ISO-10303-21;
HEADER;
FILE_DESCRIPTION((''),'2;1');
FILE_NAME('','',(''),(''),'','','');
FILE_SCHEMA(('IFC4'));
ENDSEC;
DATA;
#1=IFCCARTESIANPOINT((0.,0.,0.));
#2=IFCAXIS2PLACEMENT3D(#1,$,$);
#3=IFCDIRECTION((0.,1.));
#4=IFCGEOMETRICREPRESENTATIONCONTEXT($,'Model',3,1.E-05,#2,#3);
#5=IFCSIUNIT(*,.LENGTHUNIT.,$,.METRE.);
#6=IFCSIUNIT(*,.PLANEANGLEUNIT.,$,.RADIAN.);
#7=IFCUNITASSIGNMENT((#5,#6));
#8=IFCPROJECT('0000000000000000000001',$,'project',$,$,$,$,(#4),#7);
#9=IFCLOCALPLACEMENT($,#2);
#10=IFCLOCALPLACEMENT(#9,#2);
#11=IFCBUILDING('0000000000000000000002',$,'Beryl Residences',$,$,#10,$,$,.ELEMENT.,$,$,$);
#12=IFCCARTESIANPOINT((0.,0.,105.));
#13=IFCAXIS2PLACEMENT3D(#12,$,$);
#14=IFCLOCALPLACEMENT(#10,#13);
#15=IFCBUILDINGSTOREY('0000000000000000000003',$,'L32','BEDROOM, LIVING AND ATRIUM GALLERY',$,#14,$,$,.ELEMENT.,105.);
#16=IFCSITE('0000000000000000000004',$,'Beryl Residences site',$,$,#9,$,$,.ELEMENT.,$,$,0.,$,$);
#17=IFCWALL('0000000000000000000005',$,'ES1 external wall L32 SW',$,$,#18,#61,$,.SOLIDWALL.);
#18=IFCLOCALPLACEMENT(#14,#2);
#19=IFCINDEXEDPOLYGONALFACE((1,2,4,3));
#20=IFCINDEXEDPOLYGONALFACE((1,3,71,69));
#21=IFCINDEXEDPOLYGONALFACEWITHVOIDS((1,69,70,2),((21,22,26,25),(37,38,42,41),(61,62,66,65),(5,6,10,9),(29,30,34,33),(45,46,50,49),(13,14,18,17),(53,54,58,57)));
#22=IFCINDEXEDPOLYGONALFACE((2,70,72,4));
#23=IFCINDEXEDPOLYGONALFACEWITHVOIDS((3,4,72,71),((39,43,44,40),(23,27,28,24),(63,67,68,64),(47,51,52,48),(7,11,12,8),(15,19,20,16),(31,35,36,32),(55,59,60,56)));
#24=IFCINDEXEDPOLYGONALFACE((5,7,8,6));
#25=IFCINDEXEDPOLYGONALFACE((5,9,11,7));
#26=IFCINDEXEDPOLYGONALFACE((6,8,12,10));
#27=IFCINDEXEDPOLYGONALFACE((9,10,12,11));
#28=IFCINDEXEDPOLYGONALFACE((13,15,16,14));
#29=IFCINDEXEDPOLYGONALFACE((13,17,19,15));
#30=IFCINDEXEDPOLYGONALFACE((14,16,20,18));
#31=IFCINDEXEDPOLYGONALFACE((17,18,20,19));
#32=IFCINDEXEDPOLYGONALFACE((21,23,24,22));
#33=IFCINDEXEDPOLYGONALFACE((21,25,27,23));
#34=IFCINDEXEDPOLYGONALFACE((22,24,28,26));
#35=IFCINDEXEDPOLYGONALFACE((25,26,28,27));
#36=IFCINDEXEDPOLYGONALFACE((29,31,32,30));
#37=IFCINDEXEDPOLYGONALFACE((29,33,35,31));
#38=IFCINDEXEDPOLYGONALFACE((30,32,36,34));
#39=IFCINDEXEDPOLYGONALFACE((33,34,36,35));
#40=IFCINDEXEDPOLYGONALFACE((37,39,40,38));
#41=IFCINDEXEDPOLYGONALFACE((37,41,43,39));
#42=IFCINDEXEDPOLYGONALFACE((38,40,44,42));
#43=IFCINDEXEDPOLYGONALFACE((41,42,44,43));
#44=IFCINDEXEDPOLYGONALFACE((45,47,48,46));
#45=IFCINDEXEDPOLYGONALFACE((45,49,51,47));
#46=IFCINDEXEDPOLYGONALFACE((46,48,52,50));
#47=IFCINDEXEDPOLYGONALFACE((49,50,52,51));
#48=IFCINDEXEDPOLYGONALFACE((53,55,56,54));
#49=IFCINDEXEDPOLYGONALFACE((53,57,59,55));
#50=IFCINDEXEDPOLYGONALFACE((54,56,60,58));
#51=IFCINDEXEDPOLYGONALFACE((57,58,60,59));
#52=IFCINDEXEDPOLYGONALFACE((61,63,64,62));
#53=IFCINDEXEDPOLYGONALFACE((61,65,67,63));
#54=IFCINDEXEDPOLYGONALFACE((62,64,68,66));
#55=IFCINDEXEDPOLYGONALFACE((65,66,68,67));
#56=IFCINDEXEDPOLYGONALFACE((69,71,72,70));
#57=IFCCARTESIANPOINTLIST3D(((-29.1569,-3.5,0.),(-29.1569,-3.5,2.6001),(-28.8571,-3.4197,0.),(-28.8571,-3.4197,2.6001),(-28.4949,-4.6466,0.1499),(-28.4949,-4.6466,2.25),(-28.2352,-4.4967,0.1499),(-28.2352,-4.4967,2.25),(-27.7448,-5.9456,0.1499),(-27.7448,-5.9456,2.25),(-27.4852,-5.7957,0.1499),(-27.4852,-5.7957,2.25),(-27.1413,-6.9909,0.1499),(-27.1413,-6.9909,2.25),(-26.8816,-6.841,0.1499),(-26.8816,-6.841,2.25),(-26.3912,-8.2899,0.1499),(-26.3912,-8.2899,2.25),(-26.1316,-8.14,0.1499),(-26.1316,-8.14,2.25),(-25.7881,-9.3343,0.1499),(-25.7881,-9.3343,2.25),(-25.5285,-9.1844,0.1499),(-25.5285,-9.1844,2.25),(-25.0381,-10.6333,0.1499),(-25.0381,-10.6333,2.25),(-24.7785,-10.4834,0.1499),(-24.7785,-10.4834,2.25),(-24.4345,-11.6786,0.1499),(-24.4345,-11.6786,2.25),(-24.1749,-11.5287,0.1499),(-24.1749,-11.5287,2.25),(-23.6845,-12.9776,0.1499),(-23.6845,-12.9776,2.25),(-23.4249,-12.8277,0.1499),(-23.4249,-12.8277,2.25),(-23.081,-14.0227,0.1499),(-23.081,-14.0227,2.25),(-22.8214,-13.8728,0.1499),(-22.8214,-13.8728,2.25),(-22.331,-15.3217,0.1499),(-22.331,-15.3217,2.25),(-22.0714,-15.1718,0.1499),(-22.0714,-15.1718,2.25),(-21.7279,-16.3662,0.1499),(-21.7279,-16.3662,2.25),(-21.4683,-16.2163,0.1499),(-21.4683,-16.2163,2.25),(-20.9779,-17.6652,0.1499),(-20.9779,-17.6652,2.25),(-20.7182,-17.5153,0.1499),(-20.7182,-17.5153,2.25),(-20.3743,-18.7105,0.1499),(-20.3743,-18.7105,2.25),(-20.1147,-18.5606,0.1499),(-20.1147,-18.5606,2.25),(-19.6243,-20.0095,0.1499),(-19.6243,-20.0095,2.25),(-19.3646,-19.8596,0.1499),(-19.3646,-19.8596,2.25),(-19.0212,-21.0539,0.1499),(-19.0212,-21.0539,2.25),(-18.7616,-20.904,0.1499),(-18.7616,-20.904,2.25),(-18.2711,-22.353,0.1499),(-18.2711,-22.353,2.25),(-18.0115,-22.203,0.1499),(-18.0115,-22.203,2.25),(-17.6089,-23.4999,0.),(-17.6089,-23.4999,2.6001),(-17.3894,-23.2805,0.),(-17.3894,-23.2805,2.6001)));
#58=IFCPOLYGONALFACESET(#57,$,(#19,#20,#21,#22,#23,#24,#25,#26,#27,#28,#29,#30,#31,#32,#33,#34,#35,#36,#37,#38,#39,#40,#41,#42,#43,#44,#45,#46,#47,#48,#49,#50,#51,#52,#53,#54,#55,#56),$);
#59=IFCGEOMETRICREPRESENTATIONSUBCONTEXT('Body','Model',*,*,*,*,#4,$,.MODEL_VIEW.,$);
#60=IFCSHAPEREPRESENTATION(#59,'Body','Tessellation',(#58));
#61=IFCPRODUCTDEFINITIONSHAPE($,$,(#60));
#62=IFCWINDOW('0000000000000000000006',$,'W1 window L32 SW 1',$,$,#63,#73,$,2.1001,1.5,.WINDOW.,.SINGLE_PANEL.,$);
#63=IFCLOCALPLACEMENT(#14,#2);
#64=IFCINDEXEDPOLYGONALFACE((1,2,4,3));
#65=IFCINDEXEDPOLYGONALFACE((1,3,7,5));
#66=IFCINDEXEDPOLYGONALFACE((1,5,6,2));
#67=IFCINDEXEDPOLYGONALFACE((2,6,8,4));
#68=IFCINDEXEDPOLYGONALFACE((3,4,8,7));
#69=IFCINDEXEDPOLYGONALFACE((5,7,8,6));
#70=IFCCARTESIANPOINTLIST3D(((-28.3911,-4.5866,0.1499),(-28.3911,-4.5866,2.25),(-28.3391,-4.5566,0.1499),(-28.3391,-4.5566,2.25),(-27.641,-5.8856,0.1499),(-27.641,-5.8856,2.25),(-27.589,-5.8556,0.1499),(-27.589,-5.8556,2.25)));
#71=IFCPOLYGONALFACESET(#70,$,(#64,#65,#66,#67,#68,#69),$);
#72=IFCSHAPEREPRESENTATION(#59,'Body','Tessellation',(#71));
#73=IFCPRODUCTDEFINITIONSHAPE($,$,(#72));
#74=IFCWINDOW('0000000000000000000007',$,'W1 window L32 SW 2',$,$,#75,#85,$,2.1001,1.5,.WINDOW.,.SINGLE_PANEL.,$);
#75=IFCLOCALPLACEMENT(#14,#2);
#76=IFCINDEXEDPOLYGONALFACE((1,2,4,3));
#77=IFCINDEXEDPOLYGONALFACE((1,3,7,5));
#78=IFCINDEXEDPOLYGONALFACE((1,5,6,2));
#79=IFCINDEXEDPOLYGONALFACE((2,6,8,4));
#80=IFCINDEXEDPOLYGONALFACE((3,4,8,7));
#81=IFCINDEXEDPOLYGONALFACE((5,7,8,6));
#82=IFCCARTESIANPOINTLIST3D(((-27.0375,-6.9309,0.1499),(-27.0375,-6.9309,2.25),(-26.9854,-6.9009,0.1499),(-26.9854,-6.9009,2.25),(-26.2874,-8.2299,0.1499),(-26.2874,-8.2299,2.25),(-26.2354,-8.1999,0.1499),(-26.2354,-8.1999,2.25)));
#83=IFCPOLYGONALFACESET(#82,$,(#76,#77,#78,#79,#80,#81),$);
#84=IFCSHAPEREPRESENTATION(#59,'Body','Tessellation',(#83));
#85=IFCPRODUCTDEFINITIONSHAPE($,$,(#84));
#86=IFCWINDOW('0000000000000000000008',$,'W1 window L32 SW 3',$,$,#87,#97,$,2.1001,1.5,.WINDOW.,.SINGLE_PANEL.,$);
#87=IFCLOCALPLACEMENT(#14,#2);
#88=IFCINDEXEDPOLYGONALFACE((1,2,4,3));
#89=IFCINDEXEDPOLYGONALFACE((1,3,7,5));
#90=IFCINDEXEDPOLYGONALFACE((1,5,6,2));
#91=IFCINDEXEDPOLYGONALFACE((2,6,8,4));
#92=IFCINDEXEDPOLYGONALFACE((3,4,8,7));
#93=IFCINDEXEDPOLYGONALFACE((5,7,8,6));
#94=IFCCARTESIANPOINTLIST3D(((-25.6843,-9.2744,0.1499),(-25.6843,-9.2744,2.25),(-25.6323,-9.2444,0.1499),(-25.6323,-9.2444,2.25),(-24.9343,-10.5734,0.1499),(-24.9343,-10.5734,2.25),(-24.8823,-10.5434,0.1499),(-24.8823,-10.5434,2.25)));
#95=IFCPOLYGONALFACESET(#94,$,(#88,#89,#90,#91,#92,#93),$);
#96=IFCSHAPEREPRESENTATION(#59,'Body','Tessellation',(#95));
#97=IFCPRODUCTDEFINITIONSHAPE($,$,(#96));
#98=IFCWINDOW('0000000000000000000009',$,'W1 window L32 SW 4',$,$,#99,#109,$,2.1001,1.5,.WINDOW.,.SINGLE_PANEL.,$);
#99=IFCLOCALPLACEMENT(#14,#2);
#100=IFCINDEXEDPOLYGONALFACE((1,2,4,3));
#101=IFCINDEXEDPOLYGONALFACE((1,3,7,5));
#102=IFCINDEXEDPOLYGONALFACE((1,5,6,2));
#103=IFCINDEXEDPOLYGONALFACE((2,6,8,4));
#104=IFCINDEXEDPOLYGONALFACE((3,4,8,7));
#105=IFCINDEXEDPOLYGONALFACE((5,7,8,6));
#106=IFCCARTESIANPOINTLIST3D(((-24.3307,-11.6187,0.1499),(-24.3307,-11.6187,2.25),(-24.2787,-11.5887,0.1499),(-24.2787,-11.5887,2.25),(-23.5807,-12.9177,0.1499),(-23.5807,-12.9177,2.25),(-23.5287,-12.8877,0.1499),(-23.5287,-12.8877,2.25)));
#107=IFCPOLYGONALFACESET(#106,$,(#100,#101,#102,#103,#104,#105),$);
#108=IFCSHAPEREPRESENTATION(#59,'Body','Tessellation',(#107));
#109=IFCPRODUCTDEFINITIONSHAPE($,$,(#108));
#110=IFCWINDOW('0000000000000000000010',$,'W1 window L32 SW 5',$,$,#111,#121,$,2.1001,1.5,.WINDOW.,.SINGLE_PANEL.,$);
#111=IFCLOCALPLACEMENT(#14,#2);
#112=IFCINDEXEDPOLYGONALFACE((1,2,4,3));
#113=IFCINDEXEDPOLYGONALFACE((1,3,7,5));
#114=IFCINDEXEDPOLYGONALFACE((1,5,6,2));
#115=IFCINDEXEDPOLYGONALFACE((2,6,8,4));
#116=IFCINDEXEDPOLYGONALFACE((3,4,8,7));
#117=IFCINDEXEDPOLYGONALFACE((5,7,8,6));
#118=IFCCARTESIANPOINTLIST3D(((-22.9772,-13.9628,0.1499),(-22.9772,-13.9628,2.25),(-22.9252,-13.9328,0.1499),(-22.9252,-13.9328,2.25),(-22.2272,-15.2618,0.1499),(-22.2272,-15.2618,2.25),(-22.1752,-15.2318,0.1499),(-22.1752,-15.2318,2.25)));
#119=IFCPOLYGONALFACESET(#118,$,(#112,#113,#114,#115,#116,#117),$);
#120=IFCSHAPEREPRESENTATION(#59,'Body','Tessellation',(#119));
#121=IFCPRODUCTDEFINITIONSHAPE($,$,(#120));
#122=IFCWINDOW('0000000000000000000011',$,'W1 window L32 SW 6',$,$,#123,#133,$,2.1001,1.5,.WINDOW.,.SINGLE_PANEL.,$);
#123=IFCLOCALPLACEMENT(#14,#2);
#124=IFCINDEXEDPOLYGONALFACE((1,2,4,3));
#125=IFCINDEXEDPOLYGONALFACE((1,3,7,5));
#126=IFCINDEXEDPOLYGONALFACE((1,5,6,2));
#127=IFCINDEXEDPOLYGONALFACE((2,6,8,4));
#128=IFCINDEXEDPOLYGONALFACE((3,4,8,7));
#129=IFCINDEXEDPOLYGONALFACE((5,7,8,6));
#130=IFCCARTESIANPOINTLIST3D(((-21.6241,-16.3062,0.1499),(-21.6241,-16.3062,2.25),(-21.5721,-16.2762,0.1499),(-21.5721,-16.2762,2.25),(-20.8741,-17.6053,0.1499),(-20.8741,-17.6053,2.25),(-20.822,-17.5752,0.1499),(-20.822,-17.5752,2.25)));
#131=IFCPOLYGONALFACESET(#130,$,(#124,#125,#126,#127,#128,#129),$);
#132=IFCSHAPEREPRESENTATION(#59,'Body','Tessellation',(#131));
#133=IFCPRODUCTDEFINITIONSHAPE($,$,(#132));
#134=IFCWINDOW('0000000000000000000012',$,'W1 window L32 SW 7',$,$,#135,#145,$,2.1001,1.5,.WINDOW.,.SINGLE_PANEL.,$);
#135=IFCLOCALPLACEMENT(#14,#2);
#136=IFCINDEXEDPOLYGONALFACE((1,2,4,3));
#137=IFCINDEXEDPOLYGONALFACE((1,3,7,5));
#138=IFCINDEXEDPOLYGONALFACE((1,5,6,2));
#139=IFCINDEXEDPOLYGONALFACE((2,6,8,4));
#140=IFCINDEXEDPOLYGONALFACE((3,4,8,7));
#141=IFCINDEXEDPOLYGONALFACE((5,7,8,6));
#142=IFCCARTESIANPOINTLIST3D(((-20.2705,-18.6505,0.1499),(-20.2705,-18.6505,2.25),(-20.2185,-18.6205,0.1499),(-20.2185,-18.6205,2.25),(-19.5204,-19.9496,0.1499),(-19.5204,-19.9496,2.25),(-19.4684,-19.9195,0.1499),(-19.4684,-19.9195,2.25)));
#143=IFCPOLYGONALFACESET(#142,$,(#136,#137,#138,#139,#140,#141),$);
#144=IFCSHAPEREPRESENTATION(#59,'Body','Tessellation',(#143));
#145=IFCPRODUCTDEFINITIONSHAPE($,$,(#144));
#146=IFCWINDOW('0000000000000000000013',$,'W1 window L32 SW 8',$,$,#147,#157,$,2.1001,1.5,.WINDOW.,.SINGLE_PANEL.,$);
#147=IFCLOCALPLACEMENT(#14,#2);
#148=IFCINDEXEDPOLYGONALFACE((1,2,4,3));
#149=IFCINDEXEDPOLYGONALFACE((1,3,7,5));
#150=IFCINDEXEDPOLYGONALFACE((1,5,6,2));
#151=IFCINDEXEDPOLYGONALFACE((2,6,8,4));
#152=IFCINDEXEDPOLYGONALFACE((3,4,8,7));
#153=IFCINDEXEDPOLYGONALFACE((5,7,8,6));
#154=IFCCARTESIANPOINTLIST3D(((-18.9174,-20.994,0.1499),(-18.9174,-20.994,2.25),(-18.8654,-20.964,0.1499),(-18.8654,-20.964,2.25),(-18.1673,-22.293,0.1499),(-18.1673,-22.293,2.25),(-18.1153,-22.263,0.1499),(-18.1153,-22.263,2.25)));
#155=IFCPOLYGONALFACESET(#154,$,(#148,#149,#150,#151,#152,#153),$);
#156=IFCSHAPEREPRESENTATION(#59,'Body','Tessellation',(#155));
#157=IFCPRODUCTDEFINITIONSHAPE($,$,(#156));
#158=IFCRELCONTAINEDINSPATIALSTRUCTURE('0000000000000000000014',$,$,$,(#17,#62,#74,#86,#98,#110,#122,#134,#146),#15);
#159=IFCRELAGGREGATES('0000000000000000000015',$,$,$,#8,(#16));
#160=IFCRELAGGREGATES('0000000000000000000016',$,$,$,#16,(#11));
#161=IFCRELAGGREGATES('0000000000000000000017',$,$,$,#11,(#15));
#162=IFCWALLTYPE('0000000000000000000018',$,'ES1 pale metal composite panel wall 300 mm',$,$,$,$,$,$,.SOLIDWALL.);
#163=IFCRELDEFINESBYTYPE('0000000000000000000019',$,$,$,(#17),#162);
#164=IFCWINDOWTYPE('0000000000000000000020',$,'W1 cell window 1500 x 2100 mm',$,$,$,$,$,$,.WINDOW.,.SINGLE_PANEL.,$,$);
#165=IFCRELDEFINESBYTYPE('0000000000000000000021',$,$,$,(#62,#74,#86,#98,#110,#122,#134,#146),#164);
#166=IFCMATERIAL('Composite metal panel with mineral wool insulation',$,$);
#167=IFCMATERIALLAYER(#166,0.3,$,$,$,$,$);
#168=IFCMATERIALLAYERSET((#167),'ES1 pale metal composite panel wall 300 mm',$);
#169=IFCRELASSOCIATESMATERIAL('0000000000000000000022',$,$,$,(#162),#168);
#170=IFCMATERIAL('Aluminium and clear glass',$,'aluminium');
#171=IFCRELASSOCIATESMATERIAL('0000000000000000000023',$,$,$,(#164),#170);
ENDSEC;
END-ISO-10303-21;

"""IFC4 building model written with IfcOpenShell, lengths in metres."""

from ifc_helpers import new_model, si_unit, direction, frame, frame_2d, origin, place, context, subcontext, project, spatial, polyline, rectangle, outline, extrude, material, layer, layer_set, type_object, element, fill, save


model = new_model("IFC4")

# Units and contexts
model_context = context("Model", 3, precision=1e-05, world=origin(), true_north=direction((0.0, 1.0)))
body_context = subcontext(model_context, "Body", "Model", "MODEL_VIEW")
ifc_project = project(units=[si_unit("LENGTHUNIT", "METRE"), si_unit("PLANEANGLEUNIT", "RADIAN")], contexts=[model_context])

# Site, building, storey
site_placement = place(None, origin())
site = spatial("IfcSite", under=ifc_project, at=site_placement, Name="Beryl Residences site", CompositionType="ELEMENT", RefElevation=0.0)
building_placement = place(site_placement, origin())
building = spatial("IfcBuilding", under=site, at=building_placement, Name="Beryl Residences", CompositionType="ELEMENT")
storey_placement = place(building_placement, frame((0.0, 0.0, 105.0)))
storey = spatial("IfcBuildingStorey", under=building, at=storey_placement, Name="L32", Description="BEDROOM, LIVING AND ATRIUM GALLERY", CompositionType="ELEMENT", Elevation=105.0)

# Wall, openings, windows
ifc_material_1 = material(Name="Composite metal panel with mineral wool insulation")
ifc_layer_1 = layer(ifc_material_1, 0.3)
ifc_layer_set_1 = layer_set([ifc_layer_1], Name="ES1 pale metal composite panel wall 300 mm")
wall_type_1 = type_object("IfcWallType", Name="ES1 pale metal composite panel wall 300 mm", PredefinedType="SOLIDWALL", material=ifc_layer_set_1)
wall_1_placement = place(storey_placement, frame((-29.0271, -3.425, 0.0), z_axis=(0.0, 0.0, 1.0), x_axis=(0.500035, -0.866005, 0.0)))
wall_1 = element("IfcWall", 1, at=wall_1_placement, inside=storey, type_object=wall_type_1, Name="ES1 external wall L32 SW", PredefinedType="SOLIDWALL", context=body_context, shape_type="SweptSolid", body=[
    extrude(outline(polyline([(0.0, -0.1499), (23.0945, -0.1499), (23.0142, 0.1499), (0.0803, 0.1499), (0.0, -0.1499)])), origin(), (0.0, 0.0, 1.0), 2.6001),
])
opening_1_placement = place(wall_1_placement, frame((1.324, 0.0, 0.1499)))
opening_1 = element("IfcOpeningElement", 2, at=opening_1_placement, cuts=wall_1, PredefinedType="OPENING", context=body_context, shape_type="SweptSolid", body=[
    extrude(rectangle(XDim=1.5, YDim=2.1001, at=frame_2d((0.75, 1.05))), frame((0.0, 0.1599, 0.0), z_axis=(0.0, -1.0, 0.0), x_axis=(1.0, 0.0, 0.0)), (0.0, 0.0, 1.0), 0.3201),
])
opening_2_placement = place(wall_1_placement, frame((4.031, 0.0, 0.1499)))
opening_2 = element("IfcOpeningElement", 3, at=opening_2_placement, cuts=wall_1, PredefinedType="OPENING", context=body_context, shape_type="SweptSolid", body=[
    extrude(rectangle(XDim=1.5, YDim=2.1001, at=frame_2d((0.75, 1.05))), frame((0.0, 0.1599, 0.0), z_axis=(0.0, -1.0, 0.0), x_axis=(1.0, 0.0, 0.0)), (0.0, 0.0, 1.0), 0.3201),
])
opening_3_placement = place(wall_1_placement, frame((6.7371, 0.0, 0.1499)))
opening_3 = element("IfcOpeningElement", 4, at=opening_3_placement, cuts=wall_1, PredefinedType="OPENING", context=body_context, shape_type="SweptSolid", body=[
    extrude(rectangle(XDim=1.5, YDim=2.1001, at=frame_2d((0.75, 1.05))), frame((0.0, 0.1599, 0.0), z_axis=(0.0, -1.0, 0.0), x_axis=(1.0, 0.0, 0.0)), (0.0, 0.0, 1.0), 0.3201),
])
opening_4_placement = place(wall_1_placement, frame((9.4441, 0.0, 0.1499)))
opening_4 = element("IfcOpeningElement", 5, at=opening_4_placement, cuts=wall_1, PredefinedType="OPENING", context=body_context, shape_type="SweptSolid", body=[
    extrude(rectangle(XDim=1.5, YDim=2.1001, at=frame_2d((0.75, 1.05))), frame((0.0, 0.1599, 0.0), z_axis=(0.0, -1.0, 0.0), x_axis=(1.0, 0.0, 0.0)), (0.0, 0.0, 1.0), 0.3201),
])
opening_5_placement = place(wall_1_placement, frame((12.1509, 0.0, 0.1499)))
opening_5 = element("IfcOpeningElement", 6, at=opening_5_placement, cuts=wall_1, PredefinedType="OPENING", context=body_context, shape_type="SweptSolid", body=[
    extrude(rectangle(XDim=1.5, YDim=2.1001, at=frame_2d((0.75, 1.05))), frame((0.0, 0.1599, 0.0), z_axis=(0.0, -1.0, 0.0), x_axis=(1.0, 0.0, 0.0)), (0.0, 0.0, 1.0), 0.3201),
])
opening_6_placement = place(wall_1_placement, frame((14.8569, 0.0, 0.1499)))
opening_6 = element("IfcOpeningElement", 7, at=opening_6_placement, cuts=wall_1, PredefinedType="OPENING", context=body_context, shape_type="SweptSolid", body=[
    extrude(rectangle(XDim=1.5, YDim=2.1001, at=frame_2d((0.75, 1.05))), frame((0.0, 0.1599, 0.0), z_axis=(0.0, -1.0, 0.0), x_axis=(1.0, 0.0, 0.0)), (0.0, 0.0, 1.0), 0.3201),
])
opening_7_placement = place(wall_1_placement, frame((17.564, 0.0, 0.1499)))
opening_7 = element("IfcOpeningElement", 8, at=opening_7_placement, cuts=wall_1, PredefinedType="OPENING", context=body_context, shape_type="SweptSolid", body=[
    extrude(rectangle(XDim=1.5, YDim=2.1001, at=frame_2d((0.75, 1.05))), frame((0.0, 0.1599, 0.0), z_axis=(0.0, -1.0, 0.0), x_axis=(1.0, 0.0, 0.0)), (0.0, 0.0, 1.0), 0.3201),
])
opening_8_placement = place(wall_1_placement, frame((20.27, 0.0, 0.1499)))
opening_8 = element("IfcOpeningElement", 9, at=opening_8_placement, cuts=wall_1, PredefinedType="OPENING", context=body_context, shape_type="SweptSolid", body=[
    extrude(rectangle(XDim=1.5, YDim=2.1001, at=frame_2d((0.75, 1.05))), frame((0.0, 0.1599, 0.0), z_axis=(0.0, -1.0, 0.0), x_axis=(1.0, 0.0, 0.0)), (0.0, 0.0, 1.0), 0.3201),
])
ifc_material_2 = material(Name="Aluminium and clear glass", Category="aluminium")
window_type = type_object("IfcWindowType", Name="W1 cell window 1500 x 2100 mm", PartitioningType="SINGLE_PANEL", PredefinedType="WINDOW", material=ifc_material_2)
window_1_placement = place(opening_1_placement, origin())
window_1 = element("IfcWindow", 10, at=window_1_placement, inside=storey, type_object=window_type, Name="W1 window L32 SW 1", OverallHeight=2.1001, OverallWidth=1.5, PartitioningType="SINGLE_PANEL", PredefinedType="WINDOW", context=body_context, shape_type="SweptSolid", body=[
    extrude(rectangle(XDim=1.5, YDim=2.1001, at=frame_2d((0.75, 1.05))), frame((0.0, 0.03, 0.0), z_axis=(0.0, -1.0, 0.0), x_axis=(1.0, 0.0, 0.0)), (0.0, 0.0, 1.0), 0.0601),
])
fill(opening_1, window_1)
window_2_placement = place(opening_2_placement, origin())
window_2 = element("IfcWindow", 11, at=window_2_placement, inside=storey, type_object=window_type, Name="W1 window L32 SW 2", OverallHeight=2.1001, OverallWidth=1.5, PartitioningType="SINGLE_PANEL", PredefinedType="WINDOW", context=body_context, shape_type="SweptSolid", body=[
    extrude(rectangle(XDim=1.5, YDim=2.1001, at=frame_2d((0.75, 1.05))), frame((0.0, 0.03, 0.0), z_axis=(0.0, -1.0, 0.0), x_axis=(1.0, 0.0, 0.0)), (0.0, 0.0, 1.0), 0.0601),
])
fill(opening_2, window_2)
window_3_placement = place(opening_3_placement, origin())
window_3 = element("IfcWindow", 12, at=window_3_placement, inside=storey, type_object=window_type, Name="W1 window L32 SW 3", OverallHeight=2.1001, OverallWidth=1.5, PartitioningType="SINGLE_PANEL", PredefinedType="WINDOW", context=body_context, shape_type="SweptSolid", body=[
    extrude(rectangle(XDim=1.5, YDim=2.1001, at=frame_2d((0.75, 1.05))), frame((0.0, 0.03, 0.0), z_axis=(0.0, -1.0, 0.0), x_axis=(1.0, 0.0, 0.0)), (0.0, 0.0, 1.0), 0.0601),
])
fill(opening_3, window_3)
window_4_placement = place(opening_4_placement, origin())
window_4 = element("IfcWindow", 13, at=window_4_placement, inside=storey, type_object=window_type, Name="W1 window L32 SW 4", OverallHeight=2.1001, OverallWidth=1.5, PartitioningType="SINGLE_PANEL", PredefinedType="WINDOW", context=body_context, shape_type="SweptSolid", body=[
    extrude(rectangle(XDim=1.5, YDim=2.1001, at=frame_2d((0.75, 1.05))), frame((0.0, 0.03, 0.0), z_axis=(0.0, -1.0, 0.0), x_axis=(1.0, 0.0, 0.0)), (0.0, 0.0, 1.0), 0.0601),
])
fill(opening_4, window_4)
window_5_placement = place(opening_5_placement, origin())
window_5 = element("IfcWindow", 14, at=window_5_placement, inside=storey, type_object=window_type, Name="W1 window L32 SW 5", OverallHeight=2.1001, OverallWidth=1.5, PartitioningType="SINGLE_PANEL", PredefinedType="WINDOW", context=body_context, shape_type="SweptSolid", body=[
    extrude(rectangle(XDim=1.5, YDim=2.1001, at=frame_2d((0.75, 1.05))), frame((0.0, 0.03, 0.0), z_axis=(0.0, -1.0, 0.0), x_axis=(1.0, 0.0, 0.0)), (0.0, 0.0, 1.0), 0.0601),
])
fill(opening_5, window_5)
window_6_placement = place(opening_6_placement, origin())
window_6 = element("IfcWindow", 15, at=window_6_placement, inside=storey, type_object=window_type, Name="W1 window L32 SW 6", OverallHeight=2.1001, OverallWidth=1.5, PartitioningType="SINGLE_PANEL", PredefinedType="WINDOW", context=body_context, shape_type="SweptSolid", body=[
    extrude(rectangle(XDim=1.5, YDim=2.1001, at=frame_2d((0.75, 1.05))), frame((0.0, 0.03, 0.0), z_axis=(0.0, -1.0, 0.0), x_axis=(1.0, 0.0, 0.0)), (0.0, 0.0, 1.0), 0.0601),
])
fill(opening_6, window_6)
window_7_placement = place(opening_7_placement, origin())
window_7 = element("IfcWindow", 16, at=window_7_placement, inside=storey, type_object=window_type, Name="W1 window L32 SW 7", OverallHeight=2.1001, OverallWidth=1.5, PartitioningType="SINGLE_PANEL", PredefinedType="WINDOW", context=body_context, shape_type="SweptSolid", body=[
    extrude(rectangle(XDim=1.5, YDim=2.1001, at=frame_2d((0.75, 1.05))), frame((0.0, 0.03, 0.0), z_axis=(0.0, -1.0, 0.0), x_axis=(1.0, 0.0, 0.0)), (0.0, 0.0, 1.0), 0.0601),
])
fill(opening_7, window_7)
window_8_placement = place(opening_8_placement, origin())
window_8 = element("IfcWindow", 17, at=window_8_placement, inside=storey, type_object=window_type, Name="W1 window L32 SW 8", OverallHeight=2.1001, OverallWidth=1.5, PartitioningType="SINGLE_PANEL", PredefinedType="WINDOW", context=body_context, shape_type="SweptSolid", body=[
    extrude(rectangle(XDim=1.5, YDim=2.1001, at=frame_2d((0.75, 1.05))), frame((0.0, 0.03, 0.0), z_axis=(0.0, -1.0, 0.0), x_axis=(1.0, 0.0, 0.0)), (0.0, 0.0, 1.0), 0.0601),
])
fill(opening_8, window_8)

save(model, "model.ifc")
